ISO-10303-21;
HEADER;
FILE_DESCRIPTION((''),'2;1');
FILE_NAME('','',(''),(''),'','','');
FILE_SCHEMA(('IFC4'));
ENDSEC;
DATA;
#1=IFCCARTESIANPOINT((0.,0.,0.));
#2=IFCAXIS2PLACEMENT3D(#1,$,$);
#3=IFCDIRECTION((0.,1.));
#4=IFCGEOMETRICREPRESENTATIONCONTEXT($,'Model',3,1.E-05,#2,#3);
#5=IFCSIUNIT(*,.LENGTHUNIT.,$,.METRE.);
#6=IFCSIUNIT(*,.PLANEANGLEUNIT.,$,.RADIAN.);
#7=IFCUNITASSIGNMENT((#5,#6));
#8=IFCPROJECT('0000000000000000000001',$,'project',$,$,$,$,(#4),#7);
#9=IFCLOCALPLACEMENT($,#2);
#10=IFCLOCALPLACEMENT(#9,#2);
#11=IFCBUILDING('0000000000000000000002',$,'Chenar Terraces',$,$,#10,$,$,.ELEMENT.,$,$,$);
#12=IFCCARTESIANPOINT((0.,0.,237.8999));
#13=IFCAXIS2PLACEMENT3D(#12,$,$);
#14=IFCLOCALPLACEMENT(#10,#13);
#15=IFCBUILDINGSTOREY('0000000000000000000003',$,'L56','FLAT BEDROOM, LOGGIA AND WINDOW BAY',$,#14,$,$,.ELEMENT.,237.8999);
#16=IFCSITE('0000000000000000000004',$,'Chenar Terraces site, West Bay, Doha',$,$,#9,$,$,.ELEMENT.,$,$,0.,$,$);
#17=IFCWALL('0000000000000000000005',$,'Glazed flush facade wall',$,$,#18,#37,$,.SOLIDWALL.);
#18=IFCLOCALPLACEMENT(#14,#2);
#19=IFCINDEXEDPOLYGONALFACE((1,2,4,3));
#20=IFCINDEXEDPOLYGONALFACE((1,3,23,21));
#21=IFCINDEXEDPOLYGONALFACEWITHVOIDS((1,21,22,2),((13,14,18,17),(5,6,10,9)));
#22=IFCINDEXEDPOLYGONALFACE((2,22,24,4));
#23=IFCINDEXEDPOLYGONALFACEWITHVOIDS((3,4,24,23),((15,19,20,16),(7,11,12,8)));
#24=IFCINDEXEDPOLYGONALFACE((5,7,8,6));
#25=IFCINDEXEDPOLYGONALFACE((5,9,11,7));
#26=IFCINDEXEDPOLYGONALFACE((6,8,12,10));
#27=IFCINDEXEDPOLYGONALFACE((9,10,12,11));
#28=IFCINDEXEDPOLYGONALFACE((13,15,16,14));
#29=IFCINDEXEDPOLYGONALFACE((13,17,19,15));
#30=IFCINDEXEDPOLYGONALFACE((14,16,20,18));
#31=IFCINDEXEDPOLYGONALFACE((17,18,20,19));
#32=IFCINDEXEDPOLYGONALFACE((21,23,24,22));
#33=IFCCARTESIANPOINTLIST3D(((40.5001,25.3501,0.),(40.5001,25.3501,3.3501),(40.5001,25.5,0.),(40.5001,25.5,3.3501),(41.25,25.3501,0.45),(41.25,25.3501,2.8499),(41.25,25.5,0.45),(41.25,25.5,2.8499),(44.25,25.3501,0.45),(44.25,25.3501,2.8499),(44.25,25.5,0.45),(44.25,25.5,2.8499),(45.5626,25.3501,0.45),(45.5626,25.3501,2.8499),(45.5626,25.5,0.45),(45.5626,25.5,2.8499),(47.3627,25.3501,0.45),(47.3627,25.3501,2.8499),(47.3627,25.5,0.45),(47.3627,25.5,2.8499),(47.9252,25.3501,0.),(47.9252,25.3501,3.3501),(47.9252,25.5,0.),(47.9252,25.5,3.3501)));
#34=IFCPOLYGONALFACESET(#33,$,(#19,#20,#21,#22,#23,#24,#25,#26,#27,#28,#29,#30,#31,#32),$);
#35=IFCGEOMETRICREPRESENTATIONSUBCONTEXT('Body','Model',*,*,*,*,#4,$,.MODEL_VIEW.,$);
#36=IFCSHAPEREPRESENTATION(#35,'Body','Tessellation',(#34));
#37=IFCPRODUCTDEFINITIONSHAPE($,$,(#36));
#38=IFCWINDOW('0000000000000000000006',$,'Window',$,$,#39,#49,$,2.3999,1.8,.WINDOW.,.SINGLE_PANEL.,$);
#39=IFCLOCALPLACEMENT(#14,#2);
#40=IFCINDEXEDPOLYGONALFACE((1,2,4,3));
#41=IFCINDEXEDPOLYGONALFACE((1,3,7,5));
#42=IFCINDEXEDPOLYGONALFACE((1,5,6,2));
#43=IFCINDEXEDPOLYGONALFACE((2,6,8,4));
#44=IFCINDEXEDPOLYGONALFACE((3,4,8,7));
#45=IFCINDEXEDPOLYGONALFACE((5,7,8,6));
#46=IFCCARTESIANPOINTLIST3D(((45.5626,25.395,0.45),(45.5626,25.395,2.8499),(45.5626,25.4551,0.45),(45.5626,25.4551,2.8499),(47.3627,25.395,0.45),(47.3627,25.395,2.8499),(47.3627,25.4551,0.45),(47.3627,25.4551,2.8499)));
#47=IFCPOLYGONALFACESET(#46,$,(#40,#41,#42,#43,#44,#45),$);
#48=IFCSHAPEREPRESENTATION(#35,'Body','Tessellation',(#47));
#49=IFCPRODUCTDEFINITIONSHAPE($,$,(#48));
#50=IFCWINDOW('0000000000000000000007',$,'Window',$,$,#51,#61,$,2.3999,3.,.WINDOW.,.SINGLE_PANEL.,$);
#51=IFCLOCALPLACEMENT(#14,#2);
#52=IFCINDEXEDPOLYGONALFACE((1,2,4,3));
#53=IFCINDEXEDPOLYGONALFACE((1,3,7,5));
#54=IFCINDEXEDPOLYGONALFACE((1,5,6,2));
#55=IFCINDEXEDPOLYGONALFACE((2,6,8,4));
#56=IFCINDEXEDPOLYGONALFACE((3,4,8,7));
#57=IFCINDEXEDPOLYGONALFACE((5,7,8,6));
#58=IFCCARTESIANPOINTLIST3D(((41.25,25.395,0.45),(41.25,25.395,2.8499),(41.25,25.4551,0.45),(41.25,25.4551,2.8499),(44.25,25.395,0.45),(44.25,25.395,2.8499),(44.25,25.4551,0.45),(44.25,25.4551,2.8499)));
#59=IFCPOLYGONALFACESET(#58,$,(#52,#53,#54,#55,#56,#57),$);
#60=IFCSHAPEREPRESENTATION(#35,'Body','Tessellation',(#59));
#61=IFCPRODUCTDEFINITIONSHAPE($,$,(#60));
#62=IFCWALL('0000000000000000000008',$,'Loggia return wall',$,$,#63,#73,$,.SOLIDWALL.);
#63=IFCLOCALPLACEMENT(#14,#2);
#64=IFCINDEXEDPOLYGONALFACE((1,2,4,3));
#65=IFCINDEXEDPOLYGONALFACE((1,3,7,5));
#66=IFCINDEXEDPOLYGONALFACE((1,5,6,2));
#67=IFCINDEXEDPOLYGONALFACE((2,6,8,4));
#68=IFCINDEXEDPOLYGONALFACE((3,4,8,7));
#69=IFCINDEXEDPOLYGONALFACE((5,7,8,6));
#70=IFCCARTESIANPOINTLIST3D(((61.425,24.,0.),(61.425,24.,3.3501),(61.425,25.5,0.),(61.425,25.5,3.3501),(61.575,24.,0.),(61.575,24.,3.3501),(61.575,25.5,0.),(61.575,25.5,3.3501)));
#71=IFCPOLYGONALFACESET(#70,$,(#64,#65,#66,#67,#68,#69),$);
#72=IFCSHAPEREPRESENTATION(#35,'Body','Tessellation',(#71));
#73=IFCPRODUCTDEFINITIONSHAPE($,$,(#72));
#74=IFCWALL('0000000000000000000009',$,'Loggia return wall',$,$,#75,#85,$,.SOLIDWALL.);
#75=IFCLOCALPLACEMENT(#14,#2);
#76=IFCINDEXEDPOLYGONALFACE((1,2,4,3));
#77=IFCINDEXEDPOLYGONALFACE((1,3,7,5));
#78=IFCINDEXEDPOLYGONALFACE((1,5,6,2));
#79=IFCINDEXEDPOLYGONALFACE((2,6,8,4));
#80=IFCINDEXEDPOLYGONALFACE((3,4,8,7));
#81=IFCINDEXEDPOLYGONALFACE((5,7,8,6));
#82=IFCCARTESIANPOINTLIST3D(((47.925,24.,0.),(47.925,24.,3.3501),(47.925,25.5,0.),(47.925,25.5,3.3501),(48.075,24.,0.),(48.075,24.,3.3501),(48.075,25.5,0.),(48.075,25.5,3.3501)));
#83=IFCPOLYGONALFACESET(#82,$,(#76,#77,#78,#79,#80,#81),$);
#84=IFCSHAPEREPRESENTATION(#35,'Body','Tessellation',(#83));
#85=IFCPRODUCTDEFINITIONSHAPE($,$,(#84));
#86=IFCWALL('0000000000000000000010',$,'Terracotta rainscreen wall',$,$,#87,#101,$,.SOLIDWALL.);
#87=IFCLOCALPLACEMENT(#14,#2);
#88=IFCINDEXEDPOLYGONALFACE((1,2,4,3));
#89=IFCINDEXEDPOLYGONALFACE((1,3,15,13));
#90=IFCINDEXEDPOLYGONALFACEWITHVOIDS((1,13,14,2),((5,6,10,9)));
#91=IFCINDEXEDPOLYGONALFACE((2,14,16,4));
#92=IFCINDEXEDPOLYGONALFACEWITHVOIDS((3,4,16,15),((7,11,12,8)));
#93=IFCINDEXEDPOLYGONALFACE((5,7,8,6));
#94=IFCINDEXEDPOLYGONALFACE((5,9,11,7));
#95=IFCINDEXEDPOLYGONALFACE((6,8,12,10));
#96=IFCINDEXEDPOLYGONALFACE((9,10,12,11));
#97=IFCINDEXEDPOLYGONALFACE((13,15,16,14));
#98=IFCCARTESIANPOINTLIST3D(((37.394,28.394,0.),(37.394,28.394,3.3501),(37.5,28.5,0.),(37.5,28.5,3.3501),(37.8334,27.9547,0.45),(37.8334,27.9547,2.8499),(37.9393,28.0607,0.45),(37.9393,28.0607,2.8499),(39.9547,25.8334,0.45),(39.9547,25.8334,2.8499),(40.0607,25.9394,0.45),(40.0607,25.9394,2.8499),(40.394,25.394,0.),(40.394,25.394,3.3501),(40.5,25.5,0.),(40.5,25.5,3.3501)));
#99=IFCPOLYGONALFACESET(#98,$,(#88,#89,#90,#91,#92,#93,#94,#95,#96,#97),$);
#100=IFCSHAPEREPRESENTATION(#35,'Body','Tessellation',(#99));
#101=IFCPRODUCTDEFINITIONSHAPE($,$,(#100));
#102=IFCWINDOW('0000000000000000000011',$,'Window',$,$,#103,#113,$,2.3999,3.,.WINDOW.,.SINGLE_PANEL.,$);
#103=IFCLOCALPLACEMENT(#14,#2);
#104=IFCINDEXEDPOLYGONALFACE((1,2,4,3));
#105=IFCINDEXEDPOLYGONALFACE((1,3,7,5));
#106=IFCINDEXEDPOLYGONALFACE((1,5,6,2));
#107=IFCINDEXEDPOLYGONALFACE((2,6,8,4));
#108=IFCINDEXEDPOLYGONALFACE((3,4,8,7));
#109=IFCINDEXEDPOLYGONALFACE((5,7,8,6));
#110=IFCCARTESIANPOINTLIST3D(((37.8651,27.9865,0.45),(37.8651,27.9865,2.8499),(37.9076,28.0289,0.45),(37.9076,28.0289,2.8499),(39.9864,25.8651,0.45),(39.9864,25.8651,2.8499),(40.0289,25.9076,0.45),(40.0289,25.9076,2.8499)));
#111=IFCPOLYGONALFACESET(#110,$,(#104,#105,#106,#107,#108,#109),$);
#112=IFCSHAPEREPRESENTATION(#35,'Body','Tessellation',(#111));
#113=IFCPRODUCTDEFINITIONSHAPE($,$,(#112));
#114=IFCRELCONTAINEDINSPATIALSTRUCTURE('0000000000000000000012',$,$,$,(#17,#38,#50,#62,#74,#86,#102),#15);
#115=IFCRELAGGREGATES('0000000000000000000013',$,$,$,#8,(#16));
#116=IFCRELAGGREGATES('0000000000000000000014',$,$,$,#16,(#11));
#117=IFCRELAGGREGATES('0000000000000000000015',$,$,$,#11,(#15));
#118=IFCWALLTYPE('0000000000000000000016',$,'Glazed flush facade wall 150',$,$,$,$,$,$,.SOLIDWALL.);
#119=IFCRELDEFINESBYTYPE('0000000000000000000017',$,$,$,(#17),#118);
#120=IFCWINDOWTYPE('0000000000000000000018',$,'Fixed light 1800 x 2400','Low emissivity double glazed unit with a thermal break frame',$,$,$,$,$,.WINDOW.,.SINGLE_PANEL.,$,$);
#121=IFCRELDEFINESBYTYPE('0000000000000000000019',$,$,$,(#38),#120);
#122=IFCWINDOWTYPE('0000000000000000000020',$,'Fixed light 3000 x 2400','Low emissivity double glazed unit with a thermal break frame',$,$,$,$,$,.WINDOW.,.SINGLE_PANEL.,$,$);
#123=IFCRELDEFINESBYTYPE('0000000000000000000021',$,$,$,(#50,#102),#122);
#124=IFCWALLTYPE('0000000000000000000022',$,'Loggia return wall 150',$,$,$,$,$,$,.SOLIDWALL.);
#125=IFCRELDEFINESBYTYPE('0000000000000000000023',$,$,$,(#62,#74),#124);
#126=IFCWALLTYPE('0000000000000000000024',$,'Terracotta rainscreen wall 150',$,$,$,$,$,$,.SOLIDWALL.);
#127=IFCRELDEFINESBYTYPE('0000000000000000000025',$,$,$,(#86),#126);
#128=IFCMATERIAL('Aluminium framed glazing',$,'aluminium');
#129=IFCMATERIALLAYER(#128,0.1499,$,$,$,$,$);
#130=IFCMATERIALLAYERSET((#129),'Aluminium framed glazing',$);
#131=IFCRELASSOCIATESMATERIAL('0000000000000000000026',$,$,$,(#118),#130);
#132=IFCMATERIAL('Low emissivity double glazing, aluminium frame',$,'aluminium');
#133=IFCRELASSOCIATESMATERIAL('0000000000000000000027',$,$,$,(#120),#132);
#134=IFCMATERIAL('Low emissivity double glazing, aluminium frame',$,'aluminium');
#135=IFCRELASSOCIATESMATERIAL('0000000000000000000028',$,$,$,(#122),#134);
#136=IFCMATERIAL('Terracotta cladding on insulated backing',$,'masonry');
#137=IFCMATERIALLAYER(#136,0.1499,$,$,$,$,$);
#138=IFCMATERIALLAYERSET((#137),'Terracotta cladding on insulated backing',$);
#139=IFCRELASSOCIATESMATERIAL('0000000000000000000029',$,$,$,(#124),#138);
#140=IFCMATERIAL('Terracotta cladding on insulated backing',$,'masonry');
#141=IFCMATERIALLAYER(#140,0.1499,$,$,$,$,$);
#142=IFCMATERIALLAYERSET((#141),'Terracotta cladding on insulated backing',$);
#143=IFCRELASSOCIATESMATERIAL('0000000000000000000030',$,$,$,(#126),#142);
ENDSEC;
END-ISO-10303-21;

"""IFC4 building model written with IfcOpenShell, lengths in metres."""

from ifc_helpers import new_model, si_unit, direction, frame, frame_2d, origin, place, context, subcontext, project, spatial, rectangle, extrude, material, layer, layer_set, type_object, element, fill, save


model = new_model("IFC4")

# Units and contexts
model_context = context("Model", 3, precision=1e-05, world=origin(), true_north=direction((0.0, 1.0)))
body_context = subcontext(model_context, "Body", "Model", "MODEL_VIEW")
ifc_project = project(units=[si_unit("LENGTHUNIT", "METRE"), si_unit("PLANEANGLEUNIT", "RADIAN")], contexts=[model_context])

# Site, building, storey
site_placement = place(None, origin())
site = spatial("IfcSite", under=ifc_project, at=site_placement, Name="Chenar Terraces site, West Bay, Doha", CompositionType="ELEMENT", RefElevation=0.0)
building_placement = place(site_placement, origin())
building = spatial("IfcBuilding", under=site, at=building_placement, Name="Chenar Terraces", CompositionType="ELEMENT")
storey_placement = place(building_placement, frame((0.0, 0.0, 237.8999)))
storey = spatial("IfcBuildingStorey", under=building, at=storey_placement, Name="L56", Description="FLAT BEDROOM, LOGGIA AND WINDOW BAY", CompositionType="ELEMENT", Elevation=237.8999)

# Wall, openings, windows
ifc_material_1 = material(Name="Aluminium framed glazing", Category="aluminium")
ifc_layer_1 = layer(ifc_material_1, 0.1499)
ifc_layer_set_1 = layer_set([ifc_layer_1], Name="Aluminium framed glazing")
wall_type_1 = type_object("IfcWallType", Name="Glazed flush facade wall 150", PredefinedType="SOLIDWALL", material=ifc_layer_set_1)
wall_1_placement = place(storey_placement, frame((47.925, 25.425, 0.0), z_axis=(0.0, 0.0, 1.0), x_axis=(-1.0, 0.0, 0.0)))
wall_1 = element("IfcWall", 1, at=wall_1_placement, inside=storey, type_object=wall_type_1, Name="Glazed flush facade wall", PredefinedType="SOLIDWALL", context=body_context, shape_type="SweptSolid", body=[
    extrude(rectangle(XDim=7.425, YDim=0.1499, at=frame_2d((3.7124, 0.0))), origin(), (0.0, 0.0, 1.0), 3.3501),
])
opening_1_placement = place(wall_1_placement, frame((0.5625, 0.0, 0.45)))
opening_1 = element("IfcOpeningElement", 2, at=opening_1_placement, cuts=wall_1, PredefinedType="OPENING", context=body_context, shape_type="SweptSolid", body=[
    extrude(rectangle(XDim=1.8, YDim=2.3999, at=frame_2d((0.8999, 1.2))), frame((0.0, 0.085, 0.0), z_axis=(0.0, -1.0, 0.0), x_axis=(1.0, 0.0, 0.0)), (0.0, 0.0, 1.0), 0.1699),
])
opening_2_placement = place(wall_1_placement, frame((3.675, 0.0, 0.45)))
opening_2 = element("IfcOpeningElement", 3, at=opening_2_placement, cuts=wall_1, PredefinedType="OPENING", context=body_context, shape_type="SweptSolid", body=[
    extrude(rectangle(XDim=3.0, YDim=2.3999, at=frame_2d((1.5, 1.2))), frame((0.0, 0.085, 0.0), z_axis=(0.0, -1.0, 0.0), x_axis=(1.0, 0.0, 0.0)), (0.0, 0.0, 1.0), 0.1699),
])
ifc_material_2 = material(Name="Low emissivity double glazing, aluminium frame", Category="aluminium")
window_type_1 = type_object("IfcWindowType", Name="Fixed light 1800 x 2400", Description="Low emissivity double glazed unit with a thermal break frame", PartitioningType="SINGLE_PANEL", PredefinedType="WINDOW", material=ifc_material_2)
window_1_placement = place(opening_1_placement, origin())
window_1 = element("IfcWindow", 4, at=window_1_placement, inside=storey, type_object=window_type_1, Name="Window", OverallHeight=2.3999, OverallWidth=1.8, PartitioningType="SINGLE_PANEL", PredefinedType="WINDOW", context=body_context, shape_type="SweptSolid", body=[
    extrude(rectangle(XDim=1.8, YDim=2.3999, at=frame_2d((0.8999, 1.2))), frame((0.0, 0.03, 0.0), z_axis=(0.0, -1.0, 0.0), x_axis=(1.0, 0.0, 0.0)), (0.0, 0.0, 1.0), 0.0601),
])
fill(opening_1, window_1)
ifc_material_3 = material(Name="Low emissivity double glazing, aluminium frame", Category="aluminium")
window_type_2 = type_object("IfcWindowType", Name="Fixed light 3000 x 2400", Description="Low emissivity double glazed unit with a thermal break frame", PartitioningType="SINGLE_PANEL", PredefinedType="WINDOW", material=ifc_material_3)
window_2_placement = place(opening_2_placement, origin())
window_2 = element("IfcWindow", 5, at=window_2_placement, inside=storey, type_object=window_type_2, Name="Window", OverallHeight=2.3999, OverallWidth=3.0, PartitioningType="SINGLE_PANEL", PredefinedType="WINDOW", context=body_context, shape_type="SweptSolid", body=[
    extrude(rectangle(XDim=3.0, YDim=2.3999, at=frame_2d((1.5, 1.2))), frame((0.0, 0.03, 0.0), z_axis=(0.0, -1.0, 0.0), x_axis=(1.0, 0.0, 0.0)), (0.0, 0.0, 1.0), 0.0601),
])
fill(opening_2, window_2)

# Walls
ifc_material_4 = material(Name="Terracotta cladding on insulated backing", Category="masonry")
ifc_layer_2 = layer(ifc_material_4, 0.1499)
ifc_layer_set_2 = layer_set([ifc_layer_2], Name="Terracotta cladding on insulated backing")
wall_type_2 = type_object("IfcWallType", Name="Loggia return wall 150", PredefinedType="SOLIDWALL", material=ifc_layer_set_2)
for number, where, z_axis, x_axis, name in (
    (6, (61.5, 25.5, 0.0), (0.0, 0.0, 1.0), (0.0, -1.0, 0.0), "Loggia return wall"),
    (7, (48.0, 25.5, 0.0), (0.0, 0.0, 1.0), (0.0, -1.0, 0.0), "Loggia return wall"),
):
    element("IfcWall", number, at=place(storey_placement, frame(where, z_axis=z_axis, x_axis=x_axis)), inside=storey, type_object=wall_type_2, Name=name, PredefinedType="SOLIDWALL", context=body_context, shape_type="SweptSolid", body=[
        extrude(rectangle(XDim=1.5, YDim=0.1499, at=frame_2d((0.75, 0.0))), origin(), (0.0, 0.0, 1.0), 3.3501),
    ])

# Wall, opening, window
ifc_material_5 = material(Name="Terracotta cladding on insulated backing", Category="masonry")
ifc_layer_3 = layer(ifc_material_5, 0.1499)
ifc_layer_set_3 = layer_set([ifc_layer_3], Name="Terracotta cladding on insulated backing")
wall_type_3 = type_object("IfcWallType", Name="Terracotta rainscreen wall 150", PredefinedType="SOLIDWALL", material=ifc_layer_set_3)
wall_2_placement = place(storey_placement, frame((40.447, 25.447, 0.0), z_axis=(0.0, 0.0, 1.0), x_axis=(-0.707107, 0.707107, 0.0)))
wall_2 = element("IfcWall", 8, at=wall_2_placement, inside=storey, type_object=wall_type_3, Name="Terracotta rainscreen wall", PredefinedType="SOLIDWALL", context=body_context, shape_type="SweptSolid", body=[
    extrude(rectangle(XDim=4.2427, YDim=0.1499, at=frame_2d((2.1213, 0.0))), origin(), (0.0, 0.0, 1.0), 3.3501),
])
opening_3_placement = place(wall_2_placement, frame((0.6213, 0.0, 0.45)))
opening_3 = element("IfcOpeningElement", 9, at=opening_3_placement, cuts=wall_2, PredefinedType="OPENING", context=body_context, shape_type="SweptSolid", body=[
    extrude(rectangle(XDim=3.0, YDim=2.3999, at=frame_2d((1.5, 1.2))), frame((0.0, 0.085, 0.0), z_axis=(0.0, -1.0, 0.0), x_axis=(1.0, 0.0, 0.0)), (0.0, 0.0, 1.0), 0.1699),
])
window_3_placement = place(opening_3_placement, origin())
window_3 = element("IfcWindow", 10, at=window_3_placement, inside=storey, type_object=window_type_2, Name="Window", OverallHeight=2.3999, OverallWidth=3.0, PartitioningType="SINGLE_PANEL", PredefinedType="WINDOW", context=body_context, shape_type="SweptSolid", body=[
    extrude(rectangle(XDim=3.0, YDim=2.3999, at=frame_2d((1.5, 1.2))), frame((0.0, 0.03, 0.0), z_axis=(0.0, -1.0, 0.0), x_axis=(1.0, 0.0, 0.0)), (0.0, 0.0, 1.0), 0.0601),
])
fill(opening_3, window_3)

save(model, "model.ifc")
